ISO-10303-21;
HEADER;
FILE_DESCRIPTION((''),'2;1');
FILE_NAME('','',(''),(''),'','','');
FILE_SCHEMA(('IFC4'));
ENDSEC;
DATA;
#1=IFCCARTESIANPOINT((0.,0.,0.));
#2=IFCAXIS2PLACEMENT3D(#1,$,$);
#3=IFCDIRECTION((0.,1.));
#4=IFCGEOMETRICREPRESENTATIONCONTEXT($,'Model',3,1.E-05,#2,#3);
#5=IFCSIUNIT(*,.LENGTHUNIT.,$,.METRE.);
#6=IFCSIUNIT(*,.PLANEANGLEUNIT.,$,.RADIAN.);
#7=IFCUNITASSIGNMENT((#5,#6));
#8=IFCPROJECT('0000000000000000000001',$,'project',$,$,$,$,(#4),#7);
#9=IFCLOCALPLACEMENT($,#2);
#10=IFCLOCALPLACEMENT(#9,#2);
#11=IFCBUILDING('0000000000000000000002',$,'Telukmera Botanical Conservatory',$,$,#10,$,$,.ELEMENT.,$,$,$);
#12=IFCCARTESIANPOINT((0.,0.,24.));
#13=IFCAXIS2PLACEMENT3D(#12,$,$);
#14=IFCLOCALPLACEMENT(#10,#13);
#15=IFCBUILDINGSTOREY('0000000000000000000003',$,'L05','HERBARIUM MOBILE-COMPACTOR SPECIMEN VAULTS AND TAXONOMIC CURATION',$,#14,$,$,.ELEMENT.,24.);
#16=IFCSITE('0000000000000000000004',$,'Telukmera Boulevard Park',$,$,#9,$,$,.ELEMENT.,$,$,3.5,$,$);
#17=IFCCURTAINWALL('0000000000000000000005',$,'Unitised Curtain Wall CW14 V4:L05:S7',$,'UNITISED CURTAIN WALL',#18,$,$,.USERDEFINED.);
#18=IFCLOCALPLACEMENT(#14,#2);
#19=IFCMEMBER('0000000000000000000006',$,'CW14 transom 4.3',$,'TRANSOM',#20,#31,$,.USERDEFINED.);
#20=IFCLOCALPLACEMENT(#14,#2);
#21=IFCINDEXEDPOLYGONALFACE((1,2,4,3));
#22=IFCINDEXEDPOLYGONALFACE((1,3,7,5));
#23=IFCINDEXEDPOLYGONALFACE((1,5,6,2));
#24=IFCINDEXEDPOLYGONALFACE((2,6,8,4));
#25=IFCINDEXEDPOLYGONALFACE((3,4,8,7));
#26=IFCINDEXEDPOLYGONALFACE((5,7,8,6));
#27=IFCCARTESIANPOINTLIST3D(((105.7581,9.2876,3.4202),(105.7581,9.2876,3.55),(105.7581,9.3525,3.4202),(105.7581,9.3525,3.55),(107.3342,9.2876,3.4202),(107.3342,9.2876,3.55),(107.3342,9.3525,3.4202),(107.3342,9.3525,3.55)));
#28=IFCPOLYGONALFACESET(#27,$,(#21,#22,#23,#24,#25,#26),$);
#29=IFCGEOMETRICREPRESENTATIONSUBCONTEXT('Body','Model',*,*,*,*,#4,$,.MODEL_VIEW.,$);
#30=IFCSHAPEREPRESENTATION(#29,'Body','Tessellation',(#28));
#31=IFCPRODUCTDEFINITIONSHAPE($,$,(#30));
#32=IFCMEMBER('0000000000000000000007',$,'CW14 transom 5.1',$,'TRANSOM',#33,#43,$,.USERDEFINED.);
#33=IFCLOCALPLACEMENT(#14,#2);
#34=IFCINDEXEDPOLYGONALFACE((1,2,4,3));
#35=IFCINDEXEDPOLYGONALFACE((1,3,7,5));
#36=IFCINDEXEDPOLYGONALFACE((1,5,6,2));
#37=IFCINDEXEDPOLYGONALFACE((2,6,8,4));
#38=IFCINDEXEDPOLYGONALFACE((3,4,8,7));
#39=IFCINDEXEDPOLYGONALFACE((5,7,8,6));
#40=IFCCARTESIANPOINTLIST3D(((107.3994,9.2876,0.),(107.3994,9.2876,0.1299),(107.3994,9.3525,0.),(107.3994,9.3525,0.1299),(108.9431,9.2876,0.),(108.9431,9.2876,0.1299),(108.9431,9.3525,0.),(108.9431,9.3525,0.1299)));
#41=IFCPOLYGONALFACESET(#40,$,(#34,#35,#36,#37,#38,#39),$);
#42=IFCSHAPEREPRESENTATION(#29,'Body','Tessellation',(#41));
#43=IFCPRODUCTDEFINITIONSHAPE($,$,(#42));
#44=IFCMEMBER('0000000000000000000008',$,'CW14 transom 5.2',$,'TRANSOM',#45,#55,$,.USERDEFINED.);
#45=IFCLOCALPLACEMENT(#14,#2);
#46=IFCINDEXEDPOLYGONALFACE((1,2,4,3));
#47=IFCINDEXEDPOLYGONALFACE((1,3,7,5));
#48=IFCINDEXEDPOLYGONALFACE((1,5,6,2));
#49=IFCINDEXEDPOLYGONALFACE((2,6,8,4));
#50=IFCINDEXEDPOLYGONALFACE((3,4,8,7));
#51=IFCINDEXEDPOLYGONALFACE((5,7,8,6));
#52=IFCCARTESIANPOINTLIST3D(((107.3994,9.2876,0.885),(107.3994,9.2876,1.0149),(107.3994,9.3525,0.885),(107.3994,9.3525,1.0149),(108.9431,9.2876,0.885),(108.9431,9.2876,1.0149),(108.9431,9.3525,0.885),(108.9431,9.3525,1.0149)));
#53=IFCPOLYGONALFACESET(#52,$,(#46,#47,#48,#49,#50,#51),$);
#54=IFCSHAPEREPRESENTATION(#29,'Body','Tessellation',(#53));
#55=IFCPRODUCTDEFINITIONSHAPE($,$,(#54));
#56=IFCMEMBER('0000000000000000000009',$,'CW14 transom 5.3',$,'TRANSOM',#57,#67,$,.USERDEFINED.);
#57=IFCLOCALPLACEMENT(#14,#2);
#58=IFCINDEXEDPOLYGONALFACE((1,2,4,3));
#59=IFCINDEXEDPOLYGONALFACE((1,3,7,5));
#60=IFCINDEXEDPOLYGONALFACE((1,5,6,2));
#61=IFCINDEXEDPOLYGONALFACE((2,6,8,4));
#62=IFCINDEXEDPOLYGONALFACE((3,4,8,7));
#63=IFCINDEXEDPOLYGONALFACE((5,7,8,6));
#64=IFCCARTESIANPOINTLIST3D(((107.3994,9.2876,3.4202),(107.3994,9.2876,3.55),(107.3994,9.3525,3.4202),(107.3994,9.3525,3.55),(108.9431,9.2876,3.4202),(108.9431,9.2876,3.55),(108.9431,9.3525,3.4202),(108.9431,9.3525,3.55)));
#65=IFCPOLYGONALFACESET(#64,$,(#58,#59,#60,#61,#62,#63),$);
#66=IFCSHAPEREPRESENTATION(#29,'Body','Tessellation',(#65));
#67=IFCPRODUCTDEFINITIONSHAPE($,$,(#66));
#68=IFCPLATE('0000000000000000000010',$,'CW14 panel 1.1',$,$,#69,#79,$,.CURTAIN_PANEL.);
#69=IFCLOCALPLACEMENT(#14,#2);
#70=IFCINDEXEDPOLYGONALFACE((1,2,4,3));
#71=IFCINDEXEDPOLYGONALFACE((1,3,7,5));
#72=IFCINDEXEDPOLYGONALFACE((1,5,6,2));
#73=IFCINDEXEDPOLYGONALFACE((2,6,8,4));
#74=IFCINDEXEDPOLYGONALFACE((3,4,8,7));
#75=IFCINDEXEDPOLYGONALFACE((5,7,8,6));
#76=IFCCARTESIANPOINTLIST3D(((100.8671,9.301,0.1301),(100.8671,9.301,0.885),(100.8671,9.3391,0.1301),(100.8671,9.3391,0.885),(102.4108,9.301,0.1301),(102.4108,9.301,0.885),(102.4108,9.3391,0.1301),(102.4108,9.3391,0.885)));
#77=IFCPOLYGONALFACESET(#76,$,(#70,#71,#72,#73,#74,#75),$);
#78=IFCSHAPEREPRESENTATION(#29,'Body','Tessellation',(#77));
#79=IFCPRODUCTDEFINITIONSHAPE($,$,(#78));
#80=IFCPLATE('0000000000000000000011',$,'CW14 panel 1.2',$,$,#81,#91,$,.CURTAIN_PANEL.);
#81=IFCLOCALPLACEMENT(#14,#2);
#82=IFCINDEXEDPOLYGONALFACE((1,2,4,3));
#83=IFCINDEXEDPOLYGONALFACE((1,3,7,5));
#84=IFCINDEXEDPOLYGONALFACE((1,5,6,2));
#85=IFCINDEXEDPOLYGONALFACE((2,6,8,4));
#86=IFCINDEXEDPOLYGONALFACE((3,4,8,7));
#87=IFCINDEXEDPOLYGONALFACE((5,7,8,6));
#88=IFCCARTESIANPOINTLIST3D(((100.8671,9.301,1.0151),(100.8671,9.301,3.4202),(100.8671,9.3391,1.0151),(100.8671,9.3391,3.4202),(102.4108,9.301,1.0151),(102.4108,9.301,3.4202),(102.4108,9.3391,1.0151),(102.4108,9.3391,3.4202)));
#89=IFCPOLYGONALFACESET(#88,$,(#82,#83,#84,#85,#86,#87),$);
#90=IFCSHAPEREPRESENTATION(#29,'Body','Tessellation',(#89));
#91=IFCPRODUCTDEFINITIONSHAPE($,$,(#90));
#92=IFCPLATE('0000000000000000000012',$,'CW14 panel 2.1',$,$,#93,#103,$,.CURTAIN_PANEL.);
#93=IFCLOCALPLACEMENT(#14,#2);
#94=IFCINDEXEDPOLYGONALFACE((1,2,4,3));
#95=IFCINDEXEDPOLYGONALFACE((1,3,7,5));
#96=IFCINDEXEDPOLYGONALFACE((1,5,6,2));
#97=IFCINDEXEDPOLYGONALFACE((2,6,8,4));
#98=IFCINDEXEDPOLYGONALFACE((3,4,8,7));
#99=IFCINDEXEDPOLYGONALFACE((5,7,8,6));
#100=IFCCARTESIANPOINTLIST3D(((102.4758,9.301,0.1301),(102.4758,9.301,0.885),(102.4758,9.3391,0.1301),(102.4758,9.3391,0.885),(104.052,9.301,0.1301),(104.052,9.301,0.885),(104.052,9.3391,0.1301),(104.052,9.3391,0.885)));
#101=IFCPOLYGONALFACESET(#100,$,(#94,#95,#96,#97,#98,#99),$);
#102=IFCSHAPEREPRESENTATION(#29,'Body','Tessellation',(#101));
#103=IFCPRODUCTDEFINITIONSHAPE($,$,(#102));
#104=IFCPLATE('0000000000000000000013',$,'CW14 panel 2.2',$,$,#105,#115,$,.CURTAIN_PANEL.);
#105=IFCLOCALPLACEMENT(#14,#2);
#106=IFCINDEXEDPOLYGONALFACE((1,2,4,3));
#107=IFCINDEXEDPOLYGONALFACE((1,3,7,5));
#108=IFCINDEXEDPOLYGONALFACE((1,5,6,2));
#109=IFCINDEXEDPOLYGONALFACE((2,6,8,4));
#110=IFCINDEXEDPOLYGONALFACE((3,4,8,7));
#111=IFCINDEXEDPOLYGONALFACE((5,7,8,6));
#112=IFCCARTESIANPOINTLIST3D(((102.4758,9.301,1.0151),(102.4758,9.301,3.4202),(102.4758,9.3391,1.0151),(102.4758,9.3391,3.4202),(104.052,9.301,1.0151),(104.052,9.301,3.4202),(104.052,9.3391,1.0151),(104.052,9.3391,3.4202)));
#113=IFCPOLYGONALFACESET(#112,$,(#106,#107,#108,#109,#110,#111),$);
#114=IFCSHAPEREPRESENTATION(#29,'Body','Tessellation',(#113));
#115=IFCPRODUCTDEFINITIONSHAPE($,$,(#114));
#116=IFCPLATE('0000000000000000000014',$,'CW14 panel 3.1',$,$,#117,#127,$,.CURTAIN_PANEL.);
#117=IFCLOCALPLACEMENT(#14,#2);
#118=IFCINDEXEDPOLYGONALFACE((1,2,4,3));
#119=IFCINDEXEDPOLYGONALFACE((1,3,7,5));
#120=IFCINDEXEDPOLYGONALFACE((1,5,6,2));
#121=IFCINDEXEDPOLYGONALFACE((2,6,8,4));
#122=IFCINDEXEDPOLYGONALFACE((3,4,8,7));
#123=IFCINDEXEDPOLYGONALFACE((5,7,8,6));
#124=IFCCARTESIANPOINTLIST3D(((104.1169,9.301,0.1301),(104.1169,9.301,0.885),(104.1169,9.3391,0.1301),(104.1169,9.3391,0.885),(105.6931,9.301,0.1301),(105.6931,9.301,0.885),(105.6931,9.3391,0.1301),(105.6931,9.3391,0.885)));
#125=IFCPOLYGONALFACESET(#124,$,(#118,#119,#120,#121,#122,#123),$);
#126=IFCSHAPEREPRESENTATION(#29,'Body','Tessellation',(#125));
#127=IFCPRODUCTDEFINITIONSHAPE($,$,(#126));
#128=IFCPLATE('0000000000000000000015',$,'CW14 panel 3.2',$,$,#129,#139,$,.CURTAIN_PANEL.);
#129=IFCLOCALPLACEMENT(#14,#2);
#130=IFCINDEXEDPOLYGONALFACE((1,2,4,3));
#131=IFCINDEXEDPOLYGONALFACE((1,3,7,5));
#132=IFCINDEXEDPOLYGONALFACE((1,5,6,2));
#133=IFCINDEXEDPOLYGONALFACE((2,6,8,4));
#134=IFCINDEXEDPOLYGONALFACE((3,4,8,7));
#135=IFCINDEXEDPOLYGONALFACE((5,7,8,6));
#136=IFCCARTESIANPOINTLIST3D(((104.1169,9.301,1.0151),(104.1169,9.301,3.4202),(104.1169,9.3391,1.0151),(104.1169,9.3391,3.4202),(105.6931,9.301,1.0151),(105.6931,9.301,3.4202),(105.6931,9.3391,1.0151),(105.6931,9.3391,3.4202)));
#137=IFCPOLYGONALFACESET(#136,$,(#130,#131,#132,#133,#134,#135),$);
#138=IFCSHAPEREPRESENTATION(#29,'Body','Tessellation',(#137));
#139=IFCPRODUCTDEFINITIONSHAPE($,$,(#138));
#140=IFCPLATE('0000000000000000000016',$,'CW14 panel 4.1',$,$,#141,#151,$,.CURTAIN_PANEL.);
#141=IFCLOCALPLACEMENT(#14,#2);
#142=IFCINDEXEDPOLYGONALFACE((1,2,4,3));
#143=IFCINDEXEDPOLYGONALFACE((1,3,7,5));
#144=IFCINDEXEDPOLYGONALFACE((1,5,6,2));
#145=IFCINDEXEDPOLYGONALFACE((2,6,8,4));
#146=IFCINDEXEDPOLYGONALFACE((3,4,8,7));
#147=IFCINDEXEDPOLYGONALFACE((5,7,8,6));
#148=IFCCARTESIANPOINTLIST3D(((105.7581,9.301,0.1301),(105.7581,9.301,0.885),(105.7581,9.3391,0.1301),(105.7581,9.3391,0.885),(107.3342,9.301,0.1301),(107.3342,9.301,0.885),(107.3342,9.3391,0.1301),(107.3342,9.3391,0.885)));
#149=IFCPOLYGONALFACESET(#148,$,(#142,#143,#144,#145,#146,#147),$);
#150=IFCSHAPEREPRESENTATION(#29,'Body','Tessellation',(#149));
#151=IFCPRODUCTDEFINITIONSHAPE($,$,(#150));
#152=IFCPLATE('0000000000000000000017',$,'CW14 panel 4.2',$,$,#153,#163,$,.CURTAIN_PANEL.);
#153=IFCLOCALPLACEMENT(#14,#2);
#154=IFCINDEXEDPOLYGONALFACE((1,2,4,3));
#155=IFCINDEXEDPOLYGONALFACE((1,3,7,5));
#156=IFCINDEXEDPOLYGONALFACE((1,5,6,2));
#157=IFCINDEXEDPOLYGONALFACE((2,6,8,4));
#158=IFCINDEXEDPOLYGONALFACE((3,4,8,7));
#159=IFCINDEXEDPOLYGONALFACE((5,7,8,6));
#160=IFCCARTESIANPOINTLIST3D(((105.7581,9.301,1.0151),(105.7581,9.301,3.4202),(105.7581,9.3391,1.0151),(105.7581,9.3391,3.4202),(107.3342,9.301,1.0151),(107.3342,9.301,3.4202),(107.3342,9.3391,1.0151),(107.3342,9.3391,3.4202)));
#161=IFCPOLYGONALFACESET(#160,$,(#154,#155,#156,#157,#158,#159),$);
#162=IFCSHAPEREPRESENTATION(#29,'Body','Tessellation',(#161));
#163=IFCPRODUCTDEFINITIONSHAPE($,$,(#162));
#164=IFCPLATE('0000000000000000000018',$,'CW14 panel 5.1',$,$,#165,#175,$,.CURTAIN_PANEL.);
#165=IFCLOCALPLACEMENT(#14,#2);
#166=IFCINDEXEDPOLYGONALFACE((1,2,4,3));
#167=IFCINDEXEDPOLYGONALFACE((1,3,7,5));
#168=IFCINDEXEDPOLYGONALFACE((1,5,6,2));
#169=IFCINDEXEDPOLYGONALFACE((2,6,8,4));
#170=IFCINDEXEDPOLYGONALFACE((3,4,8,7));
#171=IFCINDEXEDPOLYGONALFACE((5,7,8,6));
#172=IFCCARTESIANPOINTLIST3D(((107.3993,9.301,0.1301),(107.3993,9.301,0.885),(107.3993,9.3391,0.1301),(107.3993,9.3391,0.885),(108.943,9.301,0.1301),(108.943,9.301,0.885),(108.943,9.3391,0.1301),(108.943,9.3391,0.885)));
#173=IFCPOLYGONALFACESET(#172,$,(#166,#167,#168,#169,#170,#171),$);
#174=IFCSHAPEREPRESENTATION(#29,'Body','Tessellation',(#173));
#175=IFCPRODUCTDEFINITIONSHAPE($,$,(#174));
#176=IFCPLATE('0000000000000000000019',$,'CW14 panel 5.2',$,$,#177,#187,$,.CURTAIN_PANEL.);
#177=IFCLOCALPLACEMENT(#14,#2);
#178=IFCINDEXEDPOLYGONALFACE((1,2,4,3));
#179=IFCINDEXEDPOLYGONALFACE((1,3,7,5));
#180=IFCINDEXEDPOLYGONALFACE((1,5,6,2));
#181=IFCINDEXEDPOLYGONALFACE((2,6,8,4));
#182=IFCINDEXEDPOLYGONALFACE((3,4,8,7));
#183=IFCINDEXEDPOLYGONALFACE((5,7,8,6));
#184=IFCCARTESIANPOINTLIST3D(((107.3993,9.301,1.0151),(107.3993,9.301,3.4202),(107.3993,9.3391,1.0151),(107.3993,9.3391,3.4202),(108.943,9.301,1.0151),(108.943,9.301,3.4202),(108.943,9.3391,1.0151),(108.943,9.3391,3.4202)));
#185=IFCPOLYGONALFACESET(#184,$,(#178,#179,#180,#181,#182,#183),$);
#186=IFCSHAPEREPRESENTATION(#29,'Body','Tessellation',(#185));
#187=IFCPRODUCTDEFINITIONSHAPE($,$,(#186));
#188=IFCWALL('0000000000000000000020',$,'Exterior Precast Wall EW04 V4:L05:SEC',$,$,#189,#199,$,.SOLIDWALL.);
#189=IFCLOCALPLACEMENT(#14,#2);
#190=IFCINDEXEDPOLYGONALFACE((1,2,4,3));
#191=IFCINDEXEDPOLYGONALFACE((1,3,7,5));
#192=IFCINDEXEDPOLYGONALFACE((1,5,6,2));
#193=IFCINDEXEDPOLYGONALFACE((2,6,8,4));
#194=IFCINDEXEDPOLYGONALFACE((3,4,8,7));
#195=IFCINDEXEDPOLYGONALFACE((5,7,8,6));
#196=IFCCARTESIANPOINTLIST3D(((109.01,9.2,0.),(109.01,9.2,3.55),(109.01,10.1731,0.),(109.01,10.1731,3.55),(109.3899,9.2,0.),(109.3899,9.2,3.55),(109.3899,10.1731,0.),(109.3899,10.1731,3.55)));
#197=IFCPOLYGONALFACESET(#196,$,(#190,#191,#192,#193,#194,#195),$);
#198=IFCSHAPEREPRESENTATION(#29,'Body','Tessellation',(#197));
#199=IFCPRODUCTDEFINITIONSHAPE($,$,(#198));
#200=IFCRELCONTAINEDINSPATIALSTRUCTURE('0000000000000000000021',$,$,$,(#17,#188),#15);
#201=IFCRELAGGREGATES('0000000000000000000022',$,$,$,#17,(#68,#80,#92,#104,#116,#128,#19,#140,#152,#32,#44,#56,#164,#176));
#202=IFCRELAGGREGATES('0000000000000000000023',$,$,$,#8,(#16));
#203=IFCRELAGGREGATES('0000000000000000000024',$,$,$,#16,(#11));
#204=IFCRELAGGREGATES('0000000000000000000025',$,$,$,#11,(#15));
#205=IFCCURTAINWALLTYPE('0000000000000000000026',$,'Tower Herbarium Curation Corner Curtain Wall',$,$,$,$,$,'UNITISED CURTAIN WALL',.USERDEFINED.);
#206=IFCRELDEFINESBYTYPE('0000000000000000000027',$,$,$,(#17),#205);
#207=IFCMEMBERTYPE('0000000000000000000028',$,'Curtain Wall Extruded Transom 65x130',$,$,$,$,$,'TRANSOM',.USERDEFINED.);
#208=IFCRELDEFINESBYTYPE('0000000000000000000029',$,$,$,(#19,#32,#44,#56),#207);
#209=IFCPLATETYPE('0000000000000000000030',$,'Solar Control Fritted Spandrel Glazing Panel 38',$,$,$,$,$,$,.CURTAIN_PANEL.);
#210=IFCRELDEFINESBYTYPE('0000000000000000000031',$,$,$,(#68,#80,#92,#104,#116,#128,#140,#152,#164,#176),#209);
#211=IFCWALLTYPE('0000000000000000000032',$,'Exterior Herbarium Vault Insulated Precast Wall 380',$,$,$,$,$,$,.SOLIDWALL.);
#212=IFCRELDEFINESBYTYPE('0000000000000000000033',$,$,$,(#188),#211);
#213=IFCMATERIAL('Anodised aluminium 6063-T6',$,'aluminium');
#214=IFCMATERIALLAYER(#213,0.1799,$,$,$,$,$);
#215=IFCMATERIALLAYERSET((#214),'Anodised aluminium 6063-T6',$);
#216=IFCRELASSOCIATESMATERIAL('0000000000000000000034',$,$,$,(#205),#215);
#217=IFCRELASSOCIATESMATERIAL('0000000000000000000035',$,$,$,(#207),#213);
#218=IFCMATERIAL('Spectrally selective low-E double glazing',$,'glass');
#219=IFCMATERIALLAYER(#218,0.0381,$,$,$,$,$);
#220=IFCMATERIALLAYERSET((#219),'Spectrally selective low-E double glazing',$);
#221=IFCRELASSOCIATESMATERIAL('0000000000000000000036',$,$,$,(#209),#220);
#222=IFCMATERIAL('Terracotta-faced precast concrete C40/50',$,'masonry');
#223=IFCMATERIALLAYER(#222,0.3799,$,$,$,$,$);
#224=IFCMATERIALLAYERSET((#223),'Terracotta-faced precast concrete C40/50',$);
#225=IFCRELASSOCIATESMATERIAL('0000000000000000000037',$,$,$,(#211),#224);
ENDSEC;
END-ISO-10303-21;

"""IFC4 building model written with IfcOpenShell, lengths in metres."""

from ifc_helpers import new_model, si_unit, direction, frame, frame_2d, origin, origin_2d, place, context, subcontext, project, spatial, rectangle, extrude, material, layer, layer_set, material_profile, profile_set, type_object, element, aggregate, save


model = new_model("IFC4")

# Units and contexts
model_context = context("Model", 3, precision=1e-05, world=origin(), true_north=direction((0.0, 1.0)))
body_context = subcontext(model_context, "Body", "Model", "MODEL_VIEW")
ifc_project = project(units=[si_unit("LENGTHUNIT", "METRE"), si_unit("PLANEANGLEUNIT", "RADIAN")], contexts=[model_context])

# Site, building, storey
site_placement = place(None, origin())
site = spatial("IfcSite", under=ifc_project, at=site_placement, Name="Telukmera Boulevard Park", CompositionType="ELEMENT", RefElevation=3.5)
building_placement = place(site_placement, origin())
building = spatial("IfcBuilding", under=site, at=building_placement, Name="Telukmera Botanical Conservatory", CompositionType="ELEMENT")
storey_placement = place(building_placement, frame((0.0, 0.0, 24.0)))
storey = spatial("IfcBuildingStorey", under=building, at=storey_placement, Name="L05", Description="HERBARIUM MOBILE-COMPACTOR SPECIMEN VAULTS AND TAXONOMIC CURATION", CompositionType="ELEMENT", Elevation=24.0)

# Curtain wall, members, plates
ifc_material_1 = material(Name="Anodised aluminium 6063-T6", Category="aluminium")
ifc_layer_1 = layer(ifc_material_1, 0.1799)
ifc_layer_set_1 = layer_set([ifc_layer_1], Name="Anodised aluminium 6063-T6")
curtain_wall_type = type_object("IfcCurtainWallType", Name="Tower Herbarium Curation Corner Curtain Wall", ElementType="UNITISED CURTAIN WALL", PredefinedType="USERDEFINED", material=ifc_layer_set_1)
curtain_wall_placement = place(storey_placement, origin())
curtain_wall = element("IfcCurtainWall", 1, at=curtain_wall_placement, inside=storey, type_object=curtain_wall_type, Name="Unitised Curtain Wall CW14 V4:L05:S7", ObjectType="UNITISED CURTAIN WALL", PredefinedType="USERDEFINED")
ifc_material_profile_1 = material_profile(ifc_material_1, rectangle(XDim=0.0649, YDim=0.1299, at=origin_2d()), Name="ALU TRAN 65x130")
ifc_profile_set_1 = profile_set([ifc_material_profile_1], Name="Anodised aluminium 6063-T6")
member_type_1 = type_object("IfcMemberType", Name="Curtain Wall Extruded Transom 65x130", ElementType="TRANSOM", PredefinedType="USERDEFINED", material=ifc_profile_set_1)
member_1_placement = place(storey_placement, frame((105.7581, 9.3201, 3.4851), z_axis=(1.0, 0.0, 0.0), x_axis=(0.0, 1.0, 0.0)))
member_1 = element("IfcMember", 2, at=member_1_placement, type_object=member_type_1, Name="CW14 transom 4.3", ObjectType="TRANSOM", PredefinedType="USERDEFINED", context=body_context, shape_type="SweptSolid", body=[
    extrude(rectangle(XDim=0.0649, YDim=0.1299, at=origin_2d()), origin(), (0.0, 0.0, 1.0), 1.5762),
])
member_2_placement = place(storey_placement, frame((107.3994, 9.3201, 0.0649), z_axis=(1.0, 0.0, 0.0), x_axis=(0.0, 1.0, 0.0)))
member_2 = element("IfcMember", 3, at=member_2_placement, type_object=member_type_1, Name="CW14 transom 5.1", ObjectType="TRANSOM", PredefinedType="USERDEFINED", context=body_context, shape_type="SweptSolid", body=[
    extrude(rectangle(XDim=0.0649, YDim=0.1299, at=origin_2d()), origin(), (0.0, 0.0, 1.0), 1.5437),
])
member_3_placement = place(storey_placement, frame((107.3994, 9.3201, 0.95), z_axis=(1.0, 0.0, 0.0), x_axis=(0.0, 1.0, 0.0)))
member_3 = element("IfcMember", 4, at=member_3_placement, type_object=member_type_1, Name="CW14 transom 5.2", ObjectType="TRANSOM", PredefinedType="USERDEFINED", context=body_context, shape_type="SweptSolid", body=[
    extrude(rectangle(XDim=0.0649, YDim=0.1299, at=origin_2d()), origin(), (0.0, 0.0, 1.0), 1.5437),
])
member_4_placement = place(storey_placement, frame((107.3994, 9.3201, 3.4851), z_axis=(1.0, 0.0, 0.0), x_axis=(0.0, 1.0, 0.0)))
member_4 = element("IfcMember", 5, at=member_4_placement, type_object=member_type_1, Name="CW14 transom 5.3", ObjectType="TRANSOM", PredefinedType="USERDEFINED", context=body_context, shape_type="SweptSolid", body=[
    extrude(rectangle(XDim=0.0649, YDim=0.1299, at=origin_2d()), origin(), (0.0, 0.0, 1.0), 1.5437),
])
ifc_material_2 = material(Name="Spectrally selective low-E double glazing", Category="glass")
ifc_layer_2 = layer(ifc_material_2, 0.0381)
ifc_layer_set_2 = layer_set([ifc_layer_2], Name="Spectrally selective low-E double glazing")
plate_type = type_object("IfcPlateType", Name="Solar Control Fritted Spandrel Glazing Panel 38", PredefinedType="CURTAIN_PANEL", material=ifc_layer_set_2)
plate_1_placement = place(storey_placement, frame((101.6389, 9.3201, 0.1301), z_axis=(0.0, 0.0, 1.0), x_axis=(1.0, 0.0, 0.0)))
plate_1 = element("IfcPlate", 6, at=plate_1_placement, type_object=plate_type, Name="CW14 panel 1.1", PredefinedType="CURTAIN_PANEL", context=body_context, shape_type="SweptSolid", body=[
    extrude(rectangle(XDim=1.5437, YDim=0.0381, at=origin_2d()), origin(), (0.0, 0.0, 1.0), 0.7549),
])
plate_2_placement = place(storey_placement, frame((101.6389, 9.3201, 1.0151), z_axis=(0.0, 0.0, 1.0), x_axis=(1.0, 0.0, 0.0)))
plate_2 = element("IfcPlate", 7, at=plate_2_placement, type_object=plate_type, Name="CW14 panel 1.2", PredefinedType="CURTAIN_PANEL", context=body_context, shape_type="SweptSolid", body=[
    extrude(rectangle(XDim=1.5437, YDim=0.0381, at=origin_2d()), origin(), (0.0, 0.0, 1.0), 2.405),
])
plate_3_placement = place(storey_placement, frame((103.2639, 9.3201, 0.1301), z_axis=(0.0, 0.0, 1.0), x_axis=(1.0, 0.0, 0.0)))
plate_3 = element("IfcPlate", 8, at=plate_3_placement, type_object=plate_type, Name="CW14 panel 2.1", PredefinedType="CURTAIN_PANEL", context=body_context, shape_type="SweptSolid", body=[
    extrude(rectangle(XDim=1.5762, YDim=0.0381, at=origin_2d()), origin(), (0.0, 0.0, 1.0), 0.7549),
])
plate_4_placement = place(storey_placement, frame((103.2639, 9.3201, 1.0151), z_axis=(0.0, 0.0, 1.0), x_axis=(1.0, 0.0, 0.0)))
plate_4 = element("IfcPlate", 9, at=plate_4_placement, type_object=plate_type, Name="CW14 panel 2.2", PredefinedType="CURTAIN_PANEL", context=body_context, shape_type="SweptSolid", body=[
    extrude(rectangle(XDim=1.5762, YDim=0.0381, at=origin_2d()), origin(), (0.0, 0.0, 1.0), 2.405),
])
plate_5_placement = place(storey_placement, frame((104.905, 9.3201, 0.1301), z_axis=(0.0, 0.0, 1.0), x_axis=(1.0, 0.0, 0.0)))
plate_5 = element("IfcPlate", 10, at=plate_5_placement, type_object=plate_type, Name="CW14 panel 3.1", PredefinedType="CURTAIN_PANEL", context=body_context, shape_type="SweptSolid", body=[
    extrude(rectangle(XDim=1.5762, YDim=0.0381, at=origin_2d()), origin(), (0.0, 0.0, 1.0), 0.7549),
])
plate_6_placement = place(storey_placement, frame((104.905, 9.3201, 1.0151), z_axis=(0.0, 0.0, 1.0), x_axis=(1.0, 0.0, 0.0)))
plate_6 = element("IfcPlate", 11, at=plate_6_placement, type_object=plate_type, Name="CW14 panel 3.2", PredefinedType="CURTAIN_PANEL", context=body_context, shape_type="SweptSolid", body=[
    extrude(rectangle(XDim=1.5762, YDim=0.0381, at=origin_2d()), origin(), (0.0, 0.0, 1.0), 2.405),
])
plate_7_placement = place(storey_placement, frame((106.5461, 9.3201, 0.1301), z_axis=(0.0, 0.0, 1.0), x_axis=(1.0, 0.0, 0.0)))
plate_7 = element("IfcPlate", 12, at=plate_7_placement, type_object=plate_type, Name="CW14 panel 4.1", PredefinedType="CURTAIN_PANEL", context=body_context, shape_type="SweptSolid", body=[
    extrude(rectangle(XDim=1.5762, YDim=0.0381, at=origin_2d()), origin(), (0.0, 0.0, 1.0), 0.7549),
])
plate_8_placement = place(storey_placement, frame((106.5461, 9.3201, 1.0151), z_axis=(0.0, 0.0, 1.0), x_axis=(1.0, 0.0, 0.0)))
plate_8 = element("IfcPlate", 13, at=plate_8_placement, type_object=plate_type, Name="CW14 panel 4.2", PredefinedType="CURTAIN_PANEL", context=body_context, shape_type="SweptSolid", body=[
    extrude(rectangle(XDim=1.5762, YDim=0.0381, at=origin_2d()), origin(), (0.0, 0.0, 1.0), 2.405),
])
plate_9_placement = place(storey_placement, frame((108.1711, 9.3201, 0.1301), z_axis=(0.0, 0.0, 1.0), x_axis=(1.0, 0.0, 0.0)))
plate_9 = element("IfcPlate", 14, at=plate_9_placement, type_object=plate_type, Name="CW14 panel 5.1", PredefinedType="CURTAIN_PANEL", context=body_context, shape_type="SweptSolid", body=[
    extrude(rectangle(XDim=1.5437, YDim=0.0381, at=origin_2d()), origin(), (0.0, 0.0, 1.0), 0.7549),
])
plate_10_placement = place(storey_placement, frame((108.1711, 9.3201, 1.0151), z_axis=(0.0, 0.0, 1.0), x_axis=(1.0, 0.0, 0.0)))
plate_10 = element("IfcPlate", 15, at=plate_10_placement, type_object=plate_type, Name="CW14 panel 5.2", PredefinedType="CURTAIN_PANEL", context=body_context, shape_type="SweptSolid", body=[
    extrude(rectangle(XDim=1.5437, YDim=0.0381, at=origin_2d()), origin(), (0.0, 0.0, 1.0), 2.405),
])
aggregate(curtain_wall, [plate_1, plate_2, plate_3, plate_4, plate_5, plate_6, member_1, plate_7, plate_8, member_2, member_3, member_4, plate_9, plate_10])

# Wall
ifc_material_3 = material(Name="Terracotta-faced precast concrete C40/50", Category="masonry")
ifc_layer_3 = layer(ifc_material_3, 0.3799)
ifc_layer_set_3 = layer_set([ifc_layer_3], Name="Terracotta-faced precast concrete C40/50")
wall_type = type_object("IfcWallType", Name="Exterior Herbarium Vault Insulated Precast Wall 380", PredefinedType="SOLIDWALL", material=ifc_layer_set_3)
wall_placement = place(storey_placement, frame((109.2, 9.2, 0.0), z_axis=(0.0, 0.0, 1.0), x_axis=(0.0, 1.0, 0.0)))
element("IfcWall", 16, at=wall_placement, inside=storey, type_object=wall_type, Name="Exterior Precast Wall EW04 V4:L05:SEC", PredefinedType="SOLIDWALL", context=body_context, shape_type="SweptSolid", body=[
    extrude(rectangle(XDim=0.9731, YDim=0.3799, at=frame_2d((0.4866, 0.0))), origin(), (0.0, 0.0, 1.0), 3.55),
])

save(model, "model.ifc")
